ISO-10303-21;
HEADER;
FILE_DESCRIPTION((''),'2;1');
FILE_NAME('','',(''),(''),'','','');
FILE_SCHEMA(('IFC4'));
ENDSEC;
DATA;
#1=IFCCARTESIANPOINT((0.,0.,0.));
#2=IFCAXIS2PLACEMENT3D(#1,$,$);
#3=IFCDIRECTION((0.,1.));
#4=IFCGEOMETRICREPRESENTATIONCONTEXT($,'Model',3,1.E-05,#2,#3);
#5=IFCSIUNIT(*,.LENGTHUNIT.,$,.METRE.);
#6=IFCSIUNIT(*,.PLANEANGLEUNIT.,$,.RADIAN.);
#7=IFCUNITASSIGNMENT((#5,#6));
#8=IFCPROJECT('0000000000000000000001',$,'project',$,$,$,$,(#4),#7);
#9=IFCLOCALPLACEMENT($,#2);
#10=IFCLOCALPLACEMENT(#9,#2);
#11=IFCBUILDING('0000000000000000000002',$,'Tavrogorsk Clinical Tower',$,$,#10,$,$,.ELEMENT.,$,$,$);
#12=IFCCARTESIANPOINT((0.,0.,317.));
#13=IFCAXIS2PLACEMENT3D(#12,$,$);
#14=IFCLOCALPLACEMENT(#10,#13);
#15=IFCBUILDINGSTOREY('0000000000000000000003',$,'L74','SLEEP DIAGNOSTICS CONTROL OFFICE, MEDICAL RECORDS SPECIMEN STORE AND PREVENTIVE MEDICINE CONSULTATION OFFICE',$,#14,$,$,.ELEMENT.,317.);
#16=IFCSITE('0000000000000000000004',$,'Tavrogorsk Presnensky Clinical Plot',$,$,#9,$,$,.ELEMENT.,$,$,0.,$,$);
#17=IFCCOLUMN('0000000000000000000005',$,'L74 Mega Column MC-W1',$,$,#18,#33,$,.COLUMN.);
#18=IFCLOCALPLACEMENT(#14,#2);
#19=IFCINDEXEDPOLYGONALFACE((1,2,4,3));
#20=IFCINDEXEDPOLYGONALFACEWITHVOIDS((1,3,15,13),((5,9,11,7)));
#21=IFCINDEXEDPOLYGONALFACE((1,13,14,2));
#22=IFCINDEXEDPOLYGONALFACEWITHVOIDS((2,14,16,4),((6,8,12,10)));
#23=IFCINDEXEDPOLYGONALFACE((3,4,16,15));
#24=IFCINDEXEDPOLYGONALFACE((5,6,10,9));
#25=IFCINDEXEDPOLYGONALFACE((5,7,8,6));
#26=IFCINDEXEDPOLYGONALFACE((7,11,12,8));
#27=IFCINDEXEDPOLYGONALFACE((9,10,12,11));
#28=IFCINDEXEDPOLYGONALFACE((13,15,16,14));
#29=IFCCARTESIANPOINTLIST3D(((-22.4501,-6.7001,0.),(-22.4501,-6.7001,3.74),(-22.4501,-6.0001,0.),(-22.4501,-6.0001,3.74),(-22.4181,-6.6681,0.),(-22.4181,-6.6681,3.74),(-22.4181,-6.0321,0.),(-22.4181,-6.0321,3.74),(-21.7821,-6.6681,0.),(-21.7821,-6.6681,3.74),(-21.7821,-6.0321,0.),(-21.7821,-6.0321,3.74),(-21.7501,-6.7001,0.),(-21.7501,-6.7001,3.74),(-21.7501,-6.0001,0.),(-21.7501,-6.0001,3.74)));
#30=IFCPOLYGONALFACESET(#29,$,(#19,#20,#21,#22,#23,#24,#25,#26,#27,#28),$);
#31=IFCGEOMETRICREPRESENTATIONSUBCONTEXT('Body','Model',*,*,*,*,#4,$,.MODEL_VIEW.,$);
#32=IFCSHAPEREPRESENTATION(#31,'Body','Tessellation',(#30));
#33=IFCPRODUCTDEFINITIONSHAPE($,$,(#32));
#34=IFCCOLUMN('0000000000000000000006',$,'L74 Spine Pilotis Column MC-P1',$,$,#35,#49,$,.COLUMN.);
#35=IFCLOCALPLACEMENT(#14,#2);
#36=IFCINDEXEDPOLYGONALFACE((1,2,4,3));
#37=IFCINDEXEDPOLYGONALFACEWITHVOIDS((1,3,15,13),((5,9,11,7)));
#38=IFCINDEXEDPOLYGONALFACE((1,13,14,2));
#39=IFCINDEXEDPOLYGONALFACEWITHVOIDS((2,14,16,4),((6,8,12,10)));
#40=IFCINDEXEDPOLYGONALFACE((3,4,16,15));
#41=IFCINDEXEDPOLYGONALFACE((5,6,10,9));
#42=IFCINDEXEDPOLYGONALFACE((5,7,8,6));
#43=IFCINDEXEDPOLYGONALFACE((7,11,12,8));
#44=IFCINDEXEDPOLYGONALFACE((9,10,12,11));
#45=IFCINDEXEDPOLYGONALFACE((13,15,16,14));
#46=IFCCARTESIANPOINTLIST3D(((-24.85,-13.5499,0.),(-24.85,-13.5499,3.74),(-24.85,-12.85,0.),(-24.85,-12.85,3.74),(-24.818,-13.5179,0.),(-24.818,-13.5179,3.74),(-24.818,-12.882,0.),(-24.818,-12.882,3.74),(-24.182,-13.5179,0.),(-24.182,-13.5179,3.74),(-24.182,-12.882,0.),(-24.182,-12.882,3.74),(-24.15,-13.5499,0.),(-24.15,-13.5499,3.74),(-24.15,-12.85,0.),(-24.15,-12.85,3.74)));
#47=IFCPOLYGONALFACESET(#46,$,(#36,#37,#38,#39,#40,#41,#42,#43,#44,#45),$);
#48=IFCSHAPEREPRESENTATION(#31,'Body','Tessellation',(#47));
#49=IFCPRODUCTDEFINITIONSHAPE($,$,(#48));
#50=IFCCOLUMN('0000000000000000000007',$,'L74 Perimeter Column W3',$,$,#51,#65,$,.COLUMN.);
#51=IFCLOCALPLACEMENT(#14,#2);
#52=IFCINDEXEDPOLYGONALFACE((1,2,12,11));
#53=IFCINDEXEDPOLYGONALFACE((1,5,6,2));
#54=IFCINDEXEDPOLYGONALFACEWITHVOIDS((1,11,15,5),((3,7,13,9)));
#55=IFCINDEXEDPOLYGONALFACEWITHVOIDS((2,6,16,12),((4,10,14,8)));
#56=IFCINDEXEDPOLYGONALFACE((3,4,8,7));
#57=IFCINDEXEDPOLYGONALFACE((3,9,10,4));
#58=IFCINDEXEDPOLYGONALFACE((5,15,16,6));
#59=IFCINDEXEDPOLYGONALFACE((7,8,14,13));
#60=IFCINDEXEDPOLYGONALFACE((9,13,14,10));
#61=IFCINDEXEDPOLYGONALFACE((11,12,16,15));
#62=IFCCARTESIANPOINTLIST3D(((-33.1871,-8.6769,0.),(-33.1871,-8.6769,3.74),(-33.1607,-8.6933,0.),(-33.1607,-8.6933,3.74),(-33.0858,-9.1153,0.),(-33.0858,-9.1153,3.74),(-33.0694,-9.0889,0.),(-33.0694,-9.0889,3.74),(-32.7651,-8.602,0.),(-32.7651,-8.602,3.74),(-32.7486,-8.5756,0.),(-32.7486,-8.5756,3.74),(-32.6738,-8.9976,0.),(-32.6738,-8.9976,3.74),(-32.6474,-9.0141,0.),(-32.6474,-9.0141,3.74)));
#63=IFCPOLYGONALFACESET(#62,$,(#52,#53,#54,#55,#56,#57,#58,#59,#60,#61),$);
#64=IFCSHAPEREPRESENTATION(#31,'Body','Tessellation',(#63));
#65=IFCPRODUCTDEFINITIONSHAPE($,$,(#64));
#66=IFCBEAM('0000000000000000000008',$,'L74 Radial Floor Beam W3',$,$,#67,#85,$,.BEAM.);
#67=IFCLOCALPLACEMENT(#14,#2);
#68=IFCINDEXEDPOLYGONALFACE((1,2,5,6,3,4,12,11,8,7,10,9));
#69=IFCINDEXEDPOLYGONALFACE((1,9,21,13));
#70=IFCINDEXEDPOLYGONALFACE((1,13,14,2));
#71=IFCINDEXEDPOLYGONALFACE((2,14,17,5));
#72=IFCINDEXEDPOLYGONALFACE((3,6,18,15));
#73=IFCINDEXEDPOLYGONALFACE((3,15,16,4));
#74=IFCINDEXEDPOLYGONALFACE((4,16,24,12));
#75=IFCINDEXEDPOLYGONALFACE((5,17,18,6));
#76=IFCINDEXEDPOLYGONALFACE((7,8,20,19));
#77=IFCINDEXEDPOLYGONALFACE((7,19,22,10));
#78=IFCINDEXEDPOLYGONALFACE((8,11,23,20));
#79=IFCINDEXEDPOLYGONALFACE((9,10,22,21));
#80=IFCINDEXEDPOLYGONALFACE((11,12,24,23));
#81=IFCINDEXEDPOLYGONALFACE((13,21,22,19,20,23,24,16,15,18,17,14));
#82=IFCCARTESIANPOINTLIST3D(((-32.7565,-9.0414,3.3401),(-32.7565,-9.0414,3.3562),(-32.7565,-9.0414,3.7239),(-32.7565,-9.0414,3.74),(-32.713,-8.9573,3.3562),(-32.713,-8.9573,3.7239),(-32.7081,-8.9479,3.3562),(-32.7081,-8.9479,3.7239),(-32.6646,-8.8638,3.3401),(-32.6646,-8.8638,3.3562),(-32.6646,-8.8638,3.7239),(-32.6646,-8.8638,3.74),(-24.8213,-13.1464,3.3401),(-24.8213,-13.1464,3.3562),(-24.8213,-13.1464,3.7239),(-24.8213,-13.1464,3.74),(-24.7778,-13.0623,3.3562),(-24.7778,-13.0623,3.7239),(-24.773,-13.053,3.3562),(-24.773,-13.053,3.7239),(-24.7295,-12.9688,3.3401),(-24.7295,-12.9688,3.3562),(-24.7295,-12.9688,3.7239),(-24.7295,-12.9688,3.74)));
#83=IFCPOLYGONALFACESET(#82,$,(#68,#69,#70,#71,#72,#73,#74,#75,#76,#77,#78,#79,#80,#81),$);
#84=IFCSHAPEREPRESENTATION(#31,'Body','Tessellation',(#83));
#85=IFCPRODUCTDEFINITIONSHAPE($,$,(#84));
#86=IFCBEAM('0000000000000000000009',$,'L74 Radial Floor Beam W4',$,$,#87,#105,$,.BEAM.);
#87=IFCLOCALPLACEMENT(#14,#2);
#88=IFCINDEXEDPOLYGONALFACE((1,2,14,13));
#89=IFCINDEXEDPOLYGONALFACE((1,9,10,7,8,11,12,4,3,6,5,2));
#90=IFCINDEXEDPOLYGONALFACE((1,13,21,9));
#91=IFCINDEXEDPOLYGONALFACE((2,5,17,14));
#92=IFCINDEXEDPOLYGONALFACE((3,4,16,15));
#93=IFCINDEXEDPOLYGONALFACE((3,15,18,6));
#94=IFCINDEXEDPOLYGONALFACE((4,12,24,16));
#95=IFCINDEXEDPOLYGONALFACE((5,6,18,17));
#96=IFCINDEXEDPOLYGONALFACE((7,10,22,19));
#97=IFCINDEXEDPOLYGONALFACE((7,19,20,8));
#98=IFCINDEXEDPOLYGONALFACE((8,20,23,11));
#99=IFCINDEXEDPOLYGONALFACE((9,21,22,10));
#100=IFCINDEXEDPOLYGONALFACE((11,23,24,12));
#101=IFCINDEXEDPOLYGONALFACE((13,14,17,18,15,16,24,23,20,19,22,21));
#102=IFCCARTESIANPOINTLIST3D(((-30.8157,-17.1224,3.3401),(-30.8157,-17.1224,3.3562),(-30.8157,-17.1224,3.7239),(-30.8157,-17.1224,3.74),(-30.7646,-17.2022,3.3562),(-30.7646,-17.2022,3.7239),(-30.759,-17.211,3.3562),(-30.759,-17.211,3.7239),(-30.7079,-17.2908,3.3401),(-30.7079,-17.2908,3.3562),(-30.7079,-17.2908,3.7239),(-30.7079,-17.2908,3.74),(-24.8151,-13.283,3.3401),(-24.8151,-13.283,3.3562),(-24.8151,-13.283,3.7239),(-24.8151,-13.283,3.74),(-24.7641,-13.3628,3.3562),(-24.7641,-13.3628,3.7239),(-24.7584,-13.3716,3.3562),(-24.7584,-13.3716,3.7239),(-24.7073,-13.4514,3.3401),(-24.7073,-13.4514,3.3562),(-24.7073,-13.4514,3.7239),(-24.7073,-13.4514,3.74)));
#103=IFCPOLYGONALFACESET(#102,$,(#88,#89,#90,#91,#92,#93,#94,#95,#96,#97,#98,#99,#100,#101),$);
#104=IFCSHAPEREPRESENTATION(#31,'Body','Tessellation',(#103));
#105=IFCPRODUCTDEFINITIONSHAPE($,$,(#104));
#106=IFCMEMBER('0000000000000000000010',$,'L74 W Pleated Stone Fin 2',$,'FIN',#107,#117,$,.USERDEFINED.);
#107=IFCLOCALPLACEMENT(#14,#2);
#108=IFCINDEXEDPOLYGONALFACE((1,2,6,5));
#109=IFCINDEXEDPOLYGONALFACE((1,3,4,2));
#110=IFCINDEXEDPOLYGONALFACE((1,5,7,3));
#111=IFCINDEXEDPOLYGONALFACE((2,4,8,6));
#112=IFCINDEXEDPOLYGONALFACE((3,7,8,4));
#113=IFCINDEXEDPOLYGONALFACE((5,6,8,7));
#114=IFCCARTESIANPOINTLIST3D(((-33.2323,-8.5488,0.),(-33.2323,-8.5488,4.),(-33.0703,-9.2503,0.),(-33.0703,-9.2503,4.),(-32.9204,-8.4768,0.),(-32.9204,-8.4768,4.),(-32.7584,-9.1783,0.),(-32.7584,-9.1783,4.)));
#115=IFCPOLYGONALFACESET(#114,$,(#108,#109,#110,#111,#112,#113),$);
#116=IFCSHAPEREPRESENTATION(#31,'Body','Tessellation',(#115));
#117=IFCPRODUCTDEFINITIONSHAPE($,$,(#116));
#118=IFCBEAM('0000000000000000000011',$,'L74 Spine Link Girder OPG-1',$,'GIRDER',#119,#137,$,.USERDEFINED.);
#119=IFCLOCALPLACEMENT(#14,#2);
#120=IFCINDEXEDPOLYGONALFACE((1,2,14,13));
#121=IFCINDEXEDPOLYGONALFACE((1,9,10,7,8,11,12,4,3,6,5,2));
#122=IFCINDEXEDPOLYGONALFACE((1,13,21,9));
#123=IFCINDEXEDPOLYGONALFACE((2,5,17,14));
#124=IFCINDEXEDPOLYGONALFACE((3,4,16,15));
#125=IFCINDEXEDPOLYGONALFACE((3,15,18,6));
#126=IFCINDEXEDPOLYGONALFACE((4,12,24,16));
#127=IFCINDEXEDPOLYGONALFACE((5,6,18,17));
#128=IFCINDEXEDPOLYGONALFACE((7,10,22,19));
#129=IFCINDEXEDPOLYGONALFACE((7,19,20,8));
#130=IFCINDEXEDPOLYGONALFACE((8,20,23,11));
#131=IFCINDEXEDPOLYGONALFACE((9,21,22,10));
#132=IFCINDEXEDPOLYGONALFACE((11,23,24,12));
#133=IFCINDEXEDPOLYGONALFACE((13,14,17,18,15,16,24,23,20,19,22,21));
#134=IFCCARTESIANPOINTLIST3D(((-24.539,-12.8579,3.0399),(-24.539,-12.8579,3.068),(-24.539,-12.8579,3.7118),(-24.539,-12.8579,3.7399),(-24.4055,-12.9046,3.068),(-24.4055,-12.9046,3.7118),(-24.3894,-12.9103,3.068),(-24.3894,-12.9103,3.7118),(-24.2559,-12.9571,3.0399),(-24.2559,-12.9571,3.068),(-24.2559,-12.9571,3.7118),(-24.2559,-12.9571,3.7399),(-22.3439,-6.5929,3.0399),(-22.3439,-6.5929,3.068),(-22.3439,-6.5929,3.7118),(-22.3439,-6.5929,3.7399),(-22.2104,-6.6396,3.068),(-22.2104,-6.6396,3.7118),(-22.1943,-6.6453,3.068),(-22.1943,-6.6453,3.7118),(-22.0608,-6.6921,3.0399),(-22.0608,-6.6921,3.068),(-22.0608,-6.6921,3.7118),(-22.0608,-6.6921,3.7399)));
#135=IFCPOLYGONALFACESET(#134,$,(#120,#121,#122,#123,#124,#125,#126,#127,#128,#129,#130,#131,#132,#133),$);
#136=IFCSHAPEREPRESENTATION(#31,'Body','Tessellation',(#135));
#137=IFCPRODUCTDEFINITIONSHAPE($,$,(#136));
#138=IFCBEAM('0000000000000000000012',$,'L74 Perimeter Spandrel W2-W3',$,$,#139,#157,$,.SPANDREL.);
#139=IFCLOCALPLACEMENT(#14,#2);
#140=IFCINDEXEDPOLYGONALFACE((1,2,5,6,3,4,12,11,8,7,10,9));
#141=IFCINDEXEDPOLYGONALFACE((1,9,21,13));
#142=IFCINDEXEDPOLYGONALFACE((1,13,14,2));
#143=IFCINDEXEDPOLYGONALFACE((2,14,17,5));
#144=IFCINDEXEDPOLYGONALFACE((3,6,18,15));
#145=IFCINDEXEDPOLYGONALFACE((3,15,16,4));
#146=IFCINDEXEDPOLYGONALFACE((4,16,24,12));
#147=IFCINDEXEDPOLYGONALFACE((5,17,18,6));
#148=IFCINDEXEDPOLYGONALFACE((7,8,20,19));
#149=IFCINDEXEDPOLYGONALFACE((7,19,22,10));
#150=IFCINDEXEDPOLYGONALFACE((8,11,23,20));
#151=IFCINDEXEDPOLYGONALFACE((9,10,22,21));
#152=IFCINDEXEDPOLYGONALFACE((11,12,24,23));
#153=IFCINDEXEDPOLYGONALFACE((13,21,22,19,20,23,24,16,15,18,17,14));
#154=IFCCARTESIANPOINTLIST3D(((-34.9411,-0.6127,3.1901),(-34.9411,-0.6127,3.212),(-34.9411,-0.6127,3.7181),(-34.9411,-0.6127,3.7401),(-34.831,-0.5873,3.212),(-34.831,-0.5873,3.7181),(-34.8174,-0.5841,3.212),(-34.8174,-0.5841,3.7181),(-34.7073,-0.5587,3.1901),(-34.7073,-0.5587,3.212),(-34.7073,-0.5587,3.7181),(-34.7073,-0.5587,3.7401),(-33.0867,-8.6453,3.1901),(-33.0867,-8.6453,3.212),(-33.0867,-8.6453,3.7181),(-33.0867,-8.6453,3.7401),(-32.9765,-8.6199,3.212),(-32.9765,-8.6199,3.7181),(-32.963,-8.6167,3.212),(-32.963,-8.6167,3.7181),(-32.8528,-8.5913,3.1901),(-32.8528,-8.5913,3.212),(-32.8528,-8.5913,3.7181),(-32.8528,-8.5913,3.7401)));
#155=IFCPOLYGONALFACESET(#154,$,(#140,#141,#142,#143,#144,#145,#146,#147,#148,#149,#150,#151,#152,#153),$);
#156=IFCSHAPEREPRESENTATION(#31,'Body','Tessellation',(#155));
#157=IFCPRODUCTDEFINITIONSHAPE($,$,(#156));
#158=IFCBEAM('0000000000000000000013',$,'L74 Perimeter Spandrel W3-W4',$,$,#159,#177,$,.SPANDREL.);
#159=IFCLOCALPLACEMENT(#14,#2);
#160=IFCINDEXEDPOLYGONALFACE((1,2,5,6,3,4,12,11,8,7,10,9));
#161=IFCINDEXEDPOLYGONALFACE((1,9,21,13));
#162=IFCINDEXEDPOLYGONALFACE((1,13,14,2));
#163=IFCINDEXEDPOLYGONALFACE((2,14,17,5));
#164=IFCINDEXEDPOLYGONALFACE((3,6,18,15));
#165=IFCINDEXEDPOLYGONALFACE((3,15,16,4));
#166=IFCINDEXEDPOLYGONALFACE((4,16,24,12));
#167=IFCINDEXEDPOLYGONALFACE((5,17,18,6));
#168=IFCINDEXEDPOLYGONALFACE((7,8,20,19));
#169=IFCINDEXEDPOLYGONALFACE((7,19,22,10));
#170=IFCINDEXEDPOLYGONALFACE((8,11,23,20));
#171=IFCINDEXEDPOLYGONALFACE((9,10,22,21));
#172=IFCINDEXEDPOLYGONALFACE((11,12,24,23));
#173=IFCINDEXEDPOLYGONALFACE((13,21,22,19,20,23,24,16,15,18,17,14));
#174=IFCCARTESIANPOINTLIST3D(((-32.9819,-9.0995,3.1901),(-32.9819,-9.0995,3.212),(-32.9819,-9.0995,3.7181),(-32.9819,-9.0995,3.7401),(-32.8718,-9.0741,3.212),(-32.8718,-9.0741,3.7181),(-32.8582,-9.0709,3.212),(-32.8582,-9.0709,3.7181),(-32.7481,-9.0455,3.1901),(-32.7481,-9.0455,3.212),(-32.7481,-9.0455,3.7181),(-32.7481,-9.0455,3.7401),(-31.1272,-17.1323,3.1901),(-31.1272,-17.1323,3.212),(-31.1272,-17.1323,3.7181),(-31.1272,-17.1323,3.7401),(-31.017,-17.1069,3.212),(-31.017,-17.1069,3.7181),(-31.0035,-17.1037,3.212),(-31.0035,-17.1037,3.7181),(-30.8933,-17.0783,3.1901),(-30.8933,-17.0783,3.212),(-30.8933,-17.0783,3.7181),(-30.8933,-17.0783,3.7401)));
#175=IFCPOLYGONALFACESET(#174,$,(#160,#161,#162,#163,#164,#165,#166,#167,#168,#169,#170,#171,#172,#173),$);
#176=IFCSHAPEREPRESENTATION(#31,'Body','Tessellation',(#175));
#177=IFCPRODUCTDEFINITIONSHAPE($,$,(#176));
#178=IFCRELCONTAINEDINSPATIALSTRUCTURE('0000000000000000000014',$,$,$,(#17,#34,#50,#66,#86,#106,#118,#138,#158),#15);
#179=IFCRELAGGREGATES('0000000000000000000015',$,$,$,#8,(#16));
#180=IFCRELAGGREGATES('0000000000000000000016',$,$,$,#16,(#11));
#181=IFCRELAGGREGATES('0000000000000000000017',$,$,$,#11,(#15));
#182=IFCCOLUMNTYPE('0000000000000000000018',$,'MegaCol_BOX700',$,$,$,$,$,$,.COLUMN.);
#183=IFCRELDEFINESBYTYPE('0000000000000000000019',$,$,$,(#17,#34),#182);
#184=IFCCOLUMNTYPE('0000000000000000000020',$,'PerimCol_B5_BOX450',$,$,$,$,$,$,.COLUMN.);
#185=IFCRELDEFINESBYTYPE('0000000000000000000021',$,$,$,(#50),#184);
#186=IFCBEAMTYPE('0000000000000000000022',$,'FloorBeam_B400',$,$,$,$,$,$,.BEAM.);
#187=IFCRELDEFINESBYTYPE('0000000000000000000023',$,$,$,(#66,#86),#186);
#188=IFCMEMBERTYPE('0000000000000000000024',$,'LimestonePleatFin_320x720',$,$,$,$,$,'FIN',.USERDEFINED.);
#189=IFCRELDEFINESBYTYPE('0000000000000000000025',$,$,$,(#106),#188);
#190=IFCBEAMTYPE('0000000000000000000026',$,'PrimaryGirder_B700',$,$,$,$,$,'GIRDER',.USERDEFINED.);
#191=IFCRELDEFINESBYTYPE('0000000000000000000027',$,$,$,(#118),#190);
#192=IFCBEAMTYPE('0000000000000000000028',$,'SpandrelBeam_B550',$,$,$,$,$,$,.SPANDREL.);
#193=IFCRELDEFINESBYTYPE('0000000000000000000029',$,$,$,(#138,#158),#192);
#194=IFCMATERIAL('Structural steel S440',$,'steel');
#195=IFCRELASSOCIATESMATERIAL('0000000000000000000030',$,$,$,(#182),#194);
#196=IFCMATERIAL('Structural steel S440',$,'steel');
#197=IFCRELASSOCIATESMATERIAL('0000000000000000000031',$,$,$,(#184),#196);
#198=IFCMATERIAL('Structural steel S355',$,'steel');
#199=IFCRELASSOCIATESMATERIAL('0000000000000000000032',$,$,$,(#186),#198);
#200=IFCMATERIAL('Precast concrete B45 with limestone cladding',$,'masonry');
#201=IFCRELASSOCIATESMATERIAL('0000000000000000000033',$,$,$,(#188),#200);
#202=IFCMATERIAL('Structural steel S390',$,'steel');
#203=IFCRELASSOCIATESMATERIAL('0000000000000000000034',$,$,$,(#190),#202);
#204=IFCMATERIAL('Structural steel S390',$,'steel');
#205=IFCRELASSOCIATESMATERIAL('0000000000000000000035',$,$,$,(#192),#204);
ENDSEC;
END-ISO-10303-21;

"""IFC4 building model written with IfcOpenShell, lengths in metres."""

from ifc_helpers import new_model, si_unit, direction, frame, origin, origin_2d, place, context, subcontext, project, spatial, rectangle, hollow_rectangle, i_section, extrude, material, material_profile, profile_set, type_object, element, save


model = new_model("IFC4")

# Units and contexts
model_context = context("Model", 3, precision=1e-05, world=origin(), true_north=direction((0.0, 1.0)))
body_context = subcontext(model_context, "Body", "Model", "MODEL_VIEW")
ifc_project = project(units=[si_unit("LENGTHUNIT", "METRE"), si_unit("PLANEANGLEUNIT", "RADIAN")], contexts=[model_context])

# Site, building, storey
site_placement = place(None, origin())
site = spatial("IfcSite", under=ifc_project, at=site_placement, Name="Tavrogorsk Presnensky Clinical Plot", CompositionType="ELEMENT", RefElevation=0.0)
building_placement = place(site_placement, origin())
building = spatial("IfcBuilding", under=site, at=building_placement, Name="Tavrogorsk Clinical Tower", CompositionType="ELEMENT")
storey_placement = place(building_placement, frame((0.0, 0.0, 317.0)))
storey = spatial("IfcBuildingStorey", under=building, at=storey_placement, Name="L74", Description="SLEEP DIAGNOSTICS CONTROL OFFICE, MEDICAL RECORDS SPECIMEN STORE AND PREVENTIVE MEDICINE CONSULTATION OFFICE", CompositionType="ELEMENT", Elevation=317.0)

# Columns
ifc_material_1 = material(Name="Structural steel S440", Category="steel")
ifc_material_profile_1 = material_profile(ifc_material_1, hollow_rectangle(XDim=0.7, YDim=0.7, WallThickness=0.032, at=origin_2d()), Name="BOX-700x700x32")
ifc_profile_set_1 = profile_set([ifc_material_profile_1], Name="Structural steel S440")
column_type_1 = type_object("IfcColumnType", Name="MegaCol_BOX700", PredefinedType="COLUMN", material=ifc_profile_set_1)
for number, where, z_axis, x_axis, name in (
    (1, (-22.1001, -6.3501, 0.0), (0.0, 0.0, 1.0), (1.0, 0.0, 0.0), "L74 Mega Column MC-W1"),
    (2, (-24.5, -13.2, 0.0), (0.0, 0.0, 1.0), (1.0, 0.0, 0.0), "L74 Spine Pilotis Column MC-P1"),
):
    element("IfcColumn", number, at=place(storey_placement, frame(where, z_axis=z_axis, x_axis=x_axis)), inside=storey, type_object=column_type_1, Name=name, PredefinedType="COLUMN", context=body_context, shape_type="SweptSolid", body=[
        extrude(hollow_rectangle(XDim=0.7, YDim=0.7, WallThickness=0.032, at=origin_2d()), origin(), (0.0, 0.0, 1.0), 3.74),
    ])
ifc_material_2 = material(Name="Structural steel S440", Category="steel")
ifc_material_profile_2 = material_profile(ifc_material_2, hollow_rectangle(XDim=0.45, YDim=0.45, WallThickness=0.022, at=origin_2d()), Name="BOX-450x450x22")
ifc_profile_set_2 = profile_set([ifc_material_profile_2], Name="Structural steel S440")
column_type_2 = type_object("IfcColumnType", Name="PerimCol_B5_BOX450", PredefinedType="COLUMN", material=ifc_profile_set_2)
column_placement = place(storey_placement, frame((-32.9172, -8.8455, 0.0), z_axis=(0.0, 0.0, 1.0), x_axis=(0.97437, 0.224951, 0.0)))
element("IfcColumn", 3, at=column_placement, inside=storey, type_object=column_type_2, Name="L74 Perimeter Column W3", PredefinedType="COLUMN", context=body_context, shape_type="SweptSolid", body=[
    extrude(hollow_rectangle(XDim=0.45, YDim=0.45, WallThickness=0.022, at=origin_2d()), origin(), (0.0, 0.0, 1.0), 3.74),
])

# Beams
ifc_material_3 = material(Name="Structural steel S355", Category="steel")
ifc_material_profile_3 = material_profile(ifc_material_3, i_section(OverallWidth=0.2, OverallDepth=0.3999, WebThickness=0.0105, FlangeThickness=0.0161, at=origin_2d()), Name="B-400x200x10.5x16")
ifc_profile_set_3 = profile_set([ifc_material_profile_3], Name="Structural steel S355")
beam_type_1 = type_object("IfcBeamType", Name="FloorBeam_B400", PredefinedType="BEAM", material=ifc_profile_set_3)
beam_1_placement = place(storey_placement, frame((-24.7754, -13.0576, 3.54), z_axis=(-0.888188, 0.459479, 0.0), x_axis=(-0.459479, -0.888188, 0.0)))
element("IfcBeam", 4, at=beam_1_placement, inside=storey, type_object=beam_type_1, Name="L74 Radial Floor Beam W3", PredefinedType="BEAM", context=body_context, shape_type="SweptSolid", body=[
    extrude(i_section(OverallWidth=0.2, OverallDepth=0.3999, WebThickness=0.0105, FlangeThickness=0.0161, at=origin_2d()), origin(), (0.0, 0.0, 1.0), 8.9341),
])
beam_2_placement = place(storey_placement, frame((-24.7612, -13.3672, 3.54), z_axis=(-0.842332, -0.538958, 0.0), x_axis=(0.538958, -0.842332, 0.0)))
element("IfcBeam", 5, at=beam_2_placement, inside=storey, type_object=beam_type_1, Name="L74 Radial Floor Beam W4", PredefinedType="BEAM", context=body_context, shape_type="SweptSolid", body=[
    extrude(i_section(OverallWidth=0.2, OverallDepth=0.3999, WebThickness=0.0105, FlangeThickness=0.0161, at=origin_2d()), origin(), (0.0, 0.0, 1.0), 7.1238),
])

# Member
ifc_material_4 = material(Name="Precast concrete B45 with limestone cladding", Category="masonry")
ifc_material_profile_4 = material_profile(ifc_material_4, rectangle(XDim=0.3201, YDim=0.72, at=origin_2d()), Name="LIMESTONE-FIN-320x720")
ifc_profile_set_4 = profile_set([ifc_material_profile_4], Name="Precast concrete B45 with limestone cladding")
member_type = type_object("IfcMemberType", Name="LimestonePleatFin_320x720", ElementType="FIN", PredefinedType="USERDEFINED", material=ifc_profile_set_4)
member_placement = place(storey_placement, frame((-32.9954, -8.8635, 0.0), z_axis=(0.0, 0.0, 1.0), x_axis=(0.97437, 0.224951, 0.0)))
element("IfcMember", 6, at=member_placement, inside=storey, type_object=member_type, Name="L74 W Pleated Stone Fin 2", ObjectType="FIN", PredefinedType="USERDEFINED", context=body_context, shape_type="SweptSolid", body=[
    extrude(rectangle(XDim=0.3201, YDim=0.72, at=origin_2d()), origin(), (0.0, 0.0, 1.0), 4.0),
])

# Beams
ifc_material_5 = material(Name="Structural steel S390", Category="steel")
ifc_material_profile_5 = material_profile(ifc_material_5, i_section(OverallWidth=0.3, OverallDepth=0.7, WebThickness=0.0171, FlangeThickness=0.0281, at=origin_2d()), Name="B-700x300x17x28")
ifc_profile_set_5 = profile_set([ifc_material_profile_5], Name="Structural steel S390")
beam_type_2 = type_object("IfcBeamType", Name="PrimaryGirder_B700", ElementType="GIRDER", PredefinedType="USERDEFINED", material=ifc_profile_set_5)
beam_3_placement = place(storey_placement, frame((-24.3975, -12.9075, 3.3899), z_axis=(0.330667, 0.943748, 0.0), x_axis=(-0.943748, 0.330667, 0.0)))
element("IfcBeam", 7, at=beam_3_placement, inside=storey, type_object=beam_type_2, Name="L74 Spine Link Girder OPG-1", ObjectType="GIRDER", PredefinedType="USERDEFINED", context=body_context, shape_type="SweptSolid", body=[
    extrude(i_section(OverallWidth=0.3, OverallDepth=0.7, WebThickness=0.0171, FlangeThickness=0.0281, at=origin_2d()), origin(), (0.0, 0.0, 1.0), 6.6384),
])
ifc_material_6 = material(Name="Structural steel S390", Category="steel")
ifc_material_profile_6 = material_profile(ifc_material_6, i_section(OverallWidth=0.24, OverallDepth=0.55, WebThickness=0.0139, FlangeThickness=0.022, at=origin_2d()), Name="B-550x240x14x22")
ifc_profile_set_6 = profile_set([ifc_material_profile_6], Name="Structural steel S390")
beam_type_3 = type_object("IfcBeamType", Name="SpandrelBeam_B550", PredefinedType="SPANDREL", material=ifc_profile_set_6)
beam_4_placement = place(storey_placement, frame((-34.8242, -0.5857, 3.4651), z_axis=(0.22495, -0.97437, 0.0), x_axis=(0.97437, 0.22495, 0.0)))
element("IfcBeam", 8, at=beam_4_placement, inside=storey, type_object=beam_type_3, Name="L74 Perimeter Spandrel W2-W3", PredefinedType="SPANDREL", context=body_context, shape_type="SweptSolid", body=[
    extrude(i_section(OverallWidth=0.24, OverallDepth=0.55, WebThickness=0.0139, FlangeThickness=0.022, at=origin_2d()), origin(), (0.0, 0.0, 1.0), 8.2439),
])
beam_5_placement = place(storey_placement, frame((-32.865, -9.0725, 3.4651), z_axis=(0.224978, -0.974364, 0.0), x_axis=(0.974364, 0.224978, 0.0)))
element("IfcBeam", 9, at=beam_5_placement, inside=storey, type_object=beam_type_3, Name="L74 Perimeter Spandrel W3-W4", PredefinedType="SPANDREL", context=body_context, shape_type="SweptSolid", body=[
    extrude(i_section(OverallWidth=0.24, OverallDepth=0.55, WebThickness=0.0139, FlangeThickness=0.022, at=origin_2d()), origin(), (0.0, 0.0, 1.0), 8.2441),
])

save(model, "model.ifc")
